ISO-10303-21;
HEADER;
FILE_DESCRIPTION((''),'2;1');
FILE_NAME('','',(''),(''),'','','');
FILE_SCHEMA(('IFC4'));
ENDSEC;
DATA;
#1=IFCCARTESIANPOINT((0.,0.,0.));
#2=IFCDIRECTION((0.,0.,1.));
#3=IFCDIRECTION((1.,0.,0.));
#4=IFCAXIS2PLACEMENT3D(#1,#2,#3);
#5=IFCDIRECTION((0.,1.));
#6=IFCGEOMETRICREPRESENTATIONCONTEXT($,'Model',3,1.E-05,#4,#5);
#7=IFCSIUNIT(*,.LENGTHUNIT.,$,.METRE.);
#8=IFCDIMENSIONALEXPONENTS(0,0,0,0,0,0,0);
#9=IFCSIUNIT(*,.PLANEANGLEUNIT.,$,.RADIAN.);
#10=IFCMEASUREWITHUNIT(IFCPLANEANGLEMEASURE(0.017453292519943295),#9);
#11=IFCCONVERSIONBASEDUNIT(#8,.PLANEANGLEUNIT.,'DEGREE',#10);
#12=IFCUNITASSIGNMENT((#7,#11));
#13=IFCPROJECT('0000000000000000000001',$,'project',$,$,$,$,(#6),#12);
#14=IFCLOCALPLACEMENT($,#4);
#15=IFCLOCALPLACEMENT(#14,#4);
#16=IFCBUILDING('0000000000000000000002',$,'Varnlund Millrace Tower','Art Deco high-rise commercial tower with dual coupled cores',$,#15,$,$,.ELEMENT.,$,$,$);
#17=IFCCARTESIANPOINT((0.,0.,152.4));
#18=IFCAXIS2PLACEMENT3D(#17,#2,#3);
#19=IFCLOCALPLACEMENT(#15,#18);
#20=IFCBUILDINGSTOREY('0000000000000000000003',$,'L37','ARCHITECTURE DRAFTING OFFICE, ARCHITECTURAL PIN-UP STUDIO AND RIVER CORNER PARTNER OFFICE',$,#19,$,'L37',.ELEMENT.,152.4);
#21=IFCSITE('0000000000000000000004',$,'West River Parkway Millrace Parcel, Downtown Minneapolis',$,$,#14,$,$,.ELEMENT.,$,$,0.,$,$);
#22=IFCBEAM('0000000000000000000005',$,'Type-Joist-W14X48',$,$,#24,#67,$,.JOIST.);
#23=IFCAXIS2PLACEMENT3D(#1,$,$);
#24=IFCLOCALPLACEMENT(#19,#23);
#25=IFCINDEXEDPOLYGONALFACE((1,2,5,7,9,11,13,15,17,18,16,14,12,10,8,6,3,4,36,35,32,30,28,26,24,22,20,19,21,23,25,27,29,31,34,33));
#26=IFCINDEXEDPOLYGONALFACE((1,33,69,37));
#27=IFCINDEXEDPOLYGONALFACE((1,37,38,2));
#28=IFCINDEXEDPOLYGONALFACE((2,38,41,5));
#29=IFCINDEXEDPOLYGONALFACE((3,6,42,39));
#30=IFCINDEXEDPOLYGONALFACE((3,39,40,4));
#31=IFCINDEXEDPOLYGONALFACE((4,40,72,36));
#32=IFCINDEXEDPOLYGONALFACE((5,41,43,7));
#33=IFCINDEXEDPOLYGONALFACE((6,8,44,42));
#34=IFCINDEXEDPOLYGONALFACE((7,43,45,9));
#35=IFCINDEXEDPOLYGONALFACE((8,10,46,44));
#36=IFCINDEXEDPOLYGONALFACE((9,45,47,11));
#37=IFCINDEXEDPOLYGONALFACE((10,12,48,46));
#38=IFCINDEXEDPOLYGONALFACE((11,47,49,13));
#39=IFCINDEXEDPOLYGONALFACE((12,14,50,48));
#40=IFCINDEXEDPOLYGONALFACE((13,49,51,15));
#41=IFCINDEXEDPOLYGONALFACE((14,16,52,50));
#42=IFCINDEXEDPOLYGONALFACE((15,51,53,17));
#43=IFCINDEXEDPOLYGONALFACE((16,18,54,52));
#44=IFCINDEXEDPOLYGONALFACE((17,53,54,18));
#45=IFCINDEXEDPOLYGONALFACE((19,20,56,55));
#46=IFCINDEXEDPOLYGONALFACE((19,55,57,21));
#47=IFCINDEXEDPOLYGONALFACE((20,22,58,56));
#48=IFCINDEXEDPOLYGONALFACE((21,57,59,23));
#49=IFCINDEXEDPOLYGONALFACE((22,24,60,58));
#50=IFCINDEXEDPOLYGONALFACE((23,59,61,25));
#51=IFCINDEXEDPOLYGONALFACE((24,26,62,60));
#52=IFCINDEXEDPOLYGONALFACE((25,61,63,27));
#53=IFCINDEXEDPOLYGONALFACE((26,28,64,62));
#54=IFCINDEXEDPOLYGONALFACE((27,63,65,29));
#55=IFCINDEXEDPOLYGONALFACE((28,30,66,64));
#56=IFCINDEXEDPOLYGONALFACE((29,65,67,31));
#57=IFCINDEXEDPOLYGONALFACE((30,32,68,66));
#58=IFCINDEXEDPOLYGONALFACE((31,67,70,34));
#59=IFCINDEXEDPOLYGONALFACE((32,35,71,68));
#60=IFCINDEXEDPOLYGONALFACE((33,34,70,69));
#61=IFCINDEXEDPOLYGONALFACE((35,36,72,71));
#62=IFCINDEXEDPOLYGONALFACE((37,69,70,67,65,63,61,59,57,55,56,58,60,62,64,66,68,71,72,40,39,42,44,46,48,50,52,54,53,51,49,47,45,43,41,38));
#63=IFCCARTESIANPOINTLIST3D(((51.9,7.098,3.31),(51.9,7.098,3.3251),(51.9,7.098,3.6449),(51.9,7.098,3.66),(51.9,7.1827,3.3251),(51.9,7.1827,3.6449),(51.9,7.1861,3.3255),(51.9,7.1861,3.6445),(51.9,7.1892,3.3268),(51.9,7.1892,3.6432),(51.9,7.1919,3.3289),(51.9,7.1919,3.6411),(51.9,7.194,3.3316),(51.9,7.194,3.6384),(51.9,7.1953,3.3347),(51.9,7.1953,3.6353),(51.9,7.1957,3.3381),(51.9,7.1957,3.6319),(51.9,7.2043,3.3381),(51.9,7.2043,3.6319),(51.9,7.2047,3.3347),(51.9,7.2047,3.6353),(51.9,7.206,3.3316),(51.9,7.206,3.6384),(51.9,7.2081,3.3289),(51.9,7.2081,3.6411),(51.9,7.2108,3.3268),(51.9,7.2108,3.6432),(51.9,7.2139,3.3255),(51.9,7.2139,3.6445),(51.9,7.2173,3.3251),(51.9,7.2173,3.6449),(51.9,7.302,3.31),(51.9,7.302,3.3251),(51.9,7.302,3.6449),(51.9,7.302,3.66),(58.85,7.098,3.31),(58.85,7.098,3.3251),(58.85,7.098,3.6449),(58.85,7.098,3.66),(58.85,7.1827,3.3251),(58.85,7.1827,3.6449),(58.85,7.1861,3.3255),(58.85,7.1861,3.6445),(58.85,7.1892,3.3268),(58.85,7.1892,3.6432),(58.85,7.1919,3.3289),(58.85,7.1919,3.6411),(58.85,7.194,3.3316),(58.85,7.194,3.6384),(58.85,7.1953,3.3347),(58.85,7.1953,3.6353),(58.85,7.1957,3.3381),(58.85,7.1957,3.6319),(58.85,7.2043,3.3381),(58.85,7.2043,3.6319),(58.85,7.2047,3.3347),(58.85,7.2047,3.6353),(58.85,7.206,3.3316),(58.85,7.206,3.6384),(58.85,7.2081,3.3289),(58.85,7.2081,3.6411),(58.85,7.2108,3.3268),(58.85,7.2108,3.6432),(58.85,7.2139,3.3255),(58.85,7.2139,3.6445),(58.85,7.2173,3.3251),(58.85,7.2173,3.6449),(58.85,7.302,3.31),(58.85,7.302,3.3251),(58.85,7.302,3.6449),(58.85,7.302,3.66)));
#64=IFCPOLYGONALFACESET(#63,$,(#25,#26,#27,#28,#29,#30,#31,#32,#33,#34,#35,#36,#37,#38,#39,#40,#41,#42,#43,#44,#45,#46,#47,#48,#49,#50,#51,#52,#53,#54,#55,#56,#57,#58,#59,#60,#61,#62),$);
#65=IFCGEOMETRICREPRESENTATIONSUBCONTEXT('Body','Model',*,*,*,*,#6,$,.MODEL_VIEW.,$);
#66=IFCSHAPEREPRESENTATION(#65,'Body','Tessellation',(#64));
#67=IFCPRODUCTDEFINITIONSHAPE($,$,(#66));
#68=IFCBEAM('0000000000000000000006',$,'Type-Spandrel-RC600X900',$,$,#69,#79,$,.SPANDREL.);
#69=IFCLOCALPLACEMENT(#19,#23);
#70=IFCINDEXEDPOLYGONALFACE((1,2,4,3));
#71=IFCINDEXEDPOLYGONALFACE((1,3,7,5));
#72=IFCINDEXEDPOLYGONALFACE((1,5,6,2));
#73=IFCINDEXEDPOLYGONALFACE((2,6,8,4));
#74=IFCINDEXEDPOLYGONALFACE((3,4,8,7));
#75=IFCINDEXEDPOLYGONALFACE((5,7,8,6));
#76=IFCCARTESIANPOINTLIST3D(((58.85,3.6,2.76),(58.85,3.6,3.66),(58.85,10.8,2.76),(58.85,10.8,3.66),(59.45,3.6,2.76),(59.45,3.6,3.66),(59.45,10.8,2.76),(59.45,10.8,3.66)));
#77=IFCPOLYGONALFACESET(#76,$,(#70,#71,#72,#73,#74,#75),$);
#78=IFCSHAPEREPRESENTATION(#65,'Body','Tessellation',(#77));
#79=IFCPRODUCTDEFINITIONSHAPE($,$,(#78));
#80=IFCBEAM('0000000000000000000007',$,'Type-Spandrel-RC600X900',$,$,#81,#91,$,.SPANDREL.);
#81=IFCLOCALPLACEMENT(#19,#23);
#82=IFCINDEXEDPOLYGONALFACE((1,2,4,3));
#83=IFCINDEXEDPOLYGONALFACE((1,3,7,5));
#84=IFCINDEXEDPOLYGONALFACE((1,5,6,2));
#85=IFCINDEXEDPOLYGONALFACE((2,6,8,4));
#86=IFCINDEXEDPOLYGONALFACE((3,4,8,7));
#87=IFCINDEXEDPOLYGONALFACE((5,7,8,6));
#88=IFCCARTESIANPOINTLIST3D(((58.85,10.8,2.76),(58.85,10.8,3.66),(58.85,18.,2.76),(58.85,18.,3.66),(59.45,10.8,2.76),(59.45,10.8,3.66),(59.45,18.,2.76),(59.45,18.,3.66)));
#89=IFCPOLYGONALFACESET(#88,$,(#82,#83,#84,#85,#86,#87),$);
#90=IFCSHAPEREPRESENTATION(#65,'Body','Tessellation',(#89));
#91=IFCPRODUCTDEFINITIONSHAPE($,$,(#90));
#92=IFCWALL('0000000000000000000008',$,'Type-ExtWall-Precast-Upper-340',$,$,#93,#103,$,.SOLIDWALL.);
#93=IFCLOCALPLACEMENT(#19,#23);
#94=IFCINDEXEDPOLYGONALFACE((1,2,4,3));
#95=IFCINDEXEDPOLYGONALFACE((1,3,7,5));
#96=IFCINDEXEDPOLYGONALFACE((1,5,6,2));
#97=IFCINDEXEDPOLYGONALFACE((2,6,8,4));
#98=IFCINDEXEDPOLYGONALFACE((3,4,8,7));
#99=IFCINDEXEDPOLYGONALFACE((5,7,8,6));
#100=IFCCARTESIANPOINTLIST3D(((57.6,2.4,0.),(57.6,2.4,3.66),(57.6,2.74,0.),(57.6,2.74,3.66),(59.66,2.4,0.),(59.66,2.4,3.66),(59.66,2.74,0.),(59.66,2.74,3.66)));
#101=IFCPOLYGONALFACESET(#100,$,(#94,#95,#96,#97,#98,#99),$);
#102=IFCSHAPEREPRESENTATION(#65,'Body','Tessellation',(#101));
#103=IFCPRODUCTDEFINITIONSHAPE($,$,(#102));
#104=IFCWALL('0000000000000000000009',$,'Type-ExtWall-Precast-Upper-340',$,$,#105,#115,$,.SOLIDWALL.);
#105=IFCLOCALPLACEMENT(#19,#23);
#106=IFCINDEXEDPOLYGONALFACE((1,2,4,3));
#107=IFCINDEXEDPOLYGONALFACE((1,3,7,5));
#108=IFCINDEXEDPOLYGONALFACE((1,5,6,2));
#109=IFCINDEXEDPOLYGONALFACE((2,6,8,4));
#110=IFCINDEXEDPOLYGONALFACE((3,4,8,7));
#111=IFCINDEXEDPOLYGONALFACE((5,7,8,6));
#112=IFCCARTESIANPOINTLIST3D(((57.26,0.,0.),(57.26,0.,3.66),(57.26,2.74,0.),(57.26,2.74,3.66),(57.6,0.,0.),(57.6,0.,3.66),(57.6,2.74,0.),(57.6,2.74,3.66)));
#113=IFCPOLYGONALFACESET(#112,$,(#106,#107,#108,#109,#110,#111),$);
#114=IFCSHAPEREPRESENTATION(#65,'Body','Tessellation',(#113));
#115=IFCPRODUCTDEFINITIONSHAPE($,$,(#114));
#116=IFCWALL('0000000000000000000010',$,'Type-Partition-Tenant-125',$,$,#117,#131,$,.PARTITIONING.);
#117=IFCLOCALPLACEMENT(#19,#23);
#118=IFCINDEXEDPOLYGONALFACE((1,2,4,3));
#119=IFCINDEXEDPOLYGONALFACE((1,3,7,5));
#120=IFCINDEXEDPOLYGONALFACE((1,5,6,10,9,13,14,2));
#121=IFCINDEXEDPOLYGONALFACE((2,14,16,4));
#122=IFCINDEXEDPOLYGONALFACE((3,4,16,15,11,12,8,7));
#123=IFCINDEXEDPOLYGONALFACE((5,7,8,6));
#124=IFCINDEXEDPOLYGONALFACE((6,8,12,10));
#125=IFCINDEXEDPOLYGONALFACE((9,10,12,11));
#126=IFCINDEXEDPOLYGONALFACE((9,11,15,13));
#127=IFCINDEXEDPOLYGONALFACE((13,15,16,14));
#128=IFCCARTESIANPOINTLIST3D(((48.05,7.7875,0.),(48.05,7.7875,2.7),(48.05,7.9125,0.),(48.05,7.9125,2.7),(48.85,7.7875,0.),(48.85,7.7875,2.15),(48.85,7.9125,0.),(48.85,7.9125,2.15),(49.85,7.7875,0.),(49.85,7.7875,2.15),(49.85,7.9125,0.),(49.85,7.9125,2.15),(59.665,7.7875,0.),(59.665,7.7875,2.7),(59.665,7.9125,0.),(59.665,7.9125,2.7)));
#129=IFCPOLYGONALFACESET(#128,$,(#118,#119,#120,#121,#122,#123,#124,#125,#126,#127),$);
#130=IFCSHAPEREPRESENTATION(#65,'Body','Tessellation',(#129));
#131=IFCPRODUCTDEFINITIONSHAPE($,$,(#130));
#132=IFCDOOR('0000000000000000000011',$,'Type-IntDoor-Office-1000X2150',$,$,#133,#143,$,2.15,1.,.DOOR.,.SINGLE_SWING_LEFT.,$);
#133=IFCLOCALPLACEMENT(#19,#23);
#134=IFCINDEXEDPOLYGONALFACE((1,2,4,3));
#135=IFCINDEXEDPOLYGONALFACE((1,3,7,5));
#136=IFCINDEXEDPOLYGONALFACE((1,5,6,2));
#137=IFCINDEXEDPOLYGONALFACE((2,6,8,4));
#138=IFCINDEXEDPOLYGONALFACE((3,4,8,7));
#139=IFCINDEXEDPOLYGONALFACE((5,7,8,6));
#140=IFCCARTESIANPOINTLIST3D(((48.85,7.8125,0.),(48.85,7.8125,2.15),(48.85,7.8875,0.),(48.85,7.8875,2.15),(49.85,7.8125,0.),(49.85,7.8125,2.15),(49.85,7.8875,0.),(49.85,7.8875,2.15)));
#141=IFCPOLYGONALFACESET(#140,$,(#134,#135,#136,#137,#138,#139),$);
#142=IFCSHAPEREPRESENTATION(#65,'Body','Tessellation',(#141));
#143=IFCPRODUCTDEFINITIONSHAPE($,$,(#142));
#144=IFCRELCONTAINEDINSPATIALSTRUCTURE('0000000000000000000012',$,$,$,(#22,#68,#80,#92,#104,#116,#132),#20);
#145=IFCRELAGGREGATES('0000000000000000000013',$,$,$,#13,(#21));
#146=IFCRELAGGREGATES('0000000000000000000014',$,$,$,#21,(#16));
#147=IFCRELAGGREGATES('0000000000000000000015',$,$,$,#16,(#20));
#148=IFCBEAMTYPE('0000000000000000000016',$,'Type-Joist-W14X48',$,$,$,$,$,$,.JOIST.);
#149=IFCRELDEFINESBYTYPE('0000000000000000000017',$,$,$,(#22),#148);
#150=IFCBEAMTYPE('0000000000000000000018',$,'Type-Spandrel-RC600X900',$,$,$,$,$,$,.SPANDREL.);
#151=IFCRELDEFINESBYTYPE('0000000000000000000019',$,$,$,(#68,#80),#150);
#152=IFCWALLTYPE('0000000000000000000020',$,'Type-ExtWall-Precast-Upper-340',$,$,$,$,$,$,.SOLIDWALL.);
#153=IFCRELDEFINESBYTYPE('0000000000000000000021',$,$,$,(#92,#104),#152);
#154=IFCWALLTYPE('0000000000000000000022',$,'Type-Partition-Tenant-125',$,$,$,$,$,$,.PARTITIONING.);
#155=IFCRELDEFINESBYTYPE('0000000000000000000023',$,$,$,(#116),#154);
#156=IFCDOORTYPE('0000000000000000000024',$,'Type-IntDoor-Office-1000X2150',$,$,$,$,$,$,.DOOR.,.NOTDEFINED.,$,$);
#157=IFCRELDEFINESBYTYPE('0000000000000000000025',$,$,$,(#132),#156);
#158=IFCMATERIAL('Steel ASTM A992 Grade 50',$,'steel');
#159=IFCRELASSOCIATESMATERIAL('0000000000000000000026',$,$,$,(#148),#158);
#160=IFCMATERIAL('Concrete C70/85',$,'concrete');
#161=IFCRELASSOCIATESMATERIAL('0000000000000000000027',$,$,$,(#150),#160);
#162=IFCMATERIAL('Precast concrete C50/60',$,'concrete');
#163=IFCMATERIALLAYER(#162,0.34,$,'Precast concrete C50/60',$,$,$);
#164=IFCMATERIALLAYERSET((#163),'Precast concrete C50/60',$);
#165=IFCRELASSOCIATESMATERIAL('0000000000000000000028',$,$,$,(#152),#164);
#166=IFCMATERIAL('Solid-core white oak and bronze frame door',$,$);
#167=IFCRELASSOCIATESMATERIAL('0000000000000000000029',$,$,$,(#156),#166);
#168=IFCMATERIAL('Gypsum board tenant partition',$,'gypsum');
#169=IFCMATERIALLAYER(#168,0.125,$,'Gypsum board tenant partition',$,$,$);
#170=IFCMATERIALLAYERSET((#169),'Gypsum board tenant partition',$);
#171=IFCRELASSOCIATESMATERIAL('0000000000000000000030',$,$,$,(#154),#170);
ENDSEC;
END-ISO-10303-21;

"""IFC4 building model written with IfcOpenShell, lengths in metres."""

from ifc_helpers import new_model, entity, si_unit, converted_unit, direction, frame, origin_with_axes, origin_2d_with_axis, place, context, subcontext, project, spatial, polyline, rectangle, i_section, outline, extrude, material, layer, layer_set, material_profile, profile_set, type_object, element, fill, save


model = new_model("IFC4")

# Units and contexts
model_context = context("Model", 3, precision=1e-05, world=origin_with_axes(), true_north=direction((0.0, 1.0)))
body_context = subcontext(model_context, "Body", "Model", "MODEL_VIEW")
ifc_project = project(units=[si_unit("LENGTHUNIT", "METRE"), converted_unit("PLANEANGLEUNIT", "DEGREE", entity("IfcPlaneAngleMeasure", 0.017453292519943295), si_unit("PLANEANGLEUNIT", "RADIAN"), dimensions=[0, 0, 0, 0, 0, 0, 0])], contexts=[model_context])

# Site, building, storey
site_placement = place(None, origin_with_axes())
site = spatial("IfcSite", under=ifc_project, at=site_placement, Name="West River Parkway Millrace Parcel, Downtown Minneapolis", CompositionType="ELEMENT", RefElevation=0.0)
building_placement = place(site_placement, origin_with_axes())
building = spatial("IfcBuilding", under=site, at=building_placement, Name="Varnlund Millrace Tower", Description="Art Deco high-rise commercial tower with dual coupled cores", CompositionType="ELEMENT")
storey_placement = place(building_placement, frame((0.0, 0.0, 152.4), z_axis=(0.0, 0.0, 1.0), x_axis=(1.0, 0.0, 0.0)))
storey = spatial("IfcBuildingStorey", under=building, at=storey_placement, Name="L37", Description="ARCHITECTURE DRAFTING OFFICE, ARCHITECTURAL PIN-UP STUDIO AND RIVER CORNER PARTNER OFFICE", LongName="L37", CompositionType="ELEMENT", Elevation=152.4)

# Beams
ifc_material_1 = material(Name="Steel ASTM A992 Grade 50", Category="steel")
ifc_material_profile_1 = material_profile(ifc_material_1, i_section(OverallWidth=0.204, OverallDepth=0.35, WebThickness=0.0086, FlangeThickness=0.0151, FilletRadius=0.013, at=origin_2d_with_axis()), Name="Steel ASTM A992 Grade 50")
ifc_profile_set_1 = profile_set([ifc_material_profile_1], Name="Steel ASTM A992 Grade 50")
beam_type_1 = type_object("IfcBeamType", Name="Type-Joist-W14X48", PredefinedType="JOIST", material=ifc_profile_set_1)
beam_placement = place(storey_placement, frame((51.9, 7.2, 3.485), z_axis=(1.0, 0.0, 0.0), x_axis=(0.0, 1.0, 0.0)))
element("IfcBeam", 1, at=beam_placement, inside=storey, type_object=beam_type_1, Name="Type-Joist-W14X48", PredefinedType="JOIST", context=body_context, shape_type="SweptSolid", body=[
    extrude(i_section(OverallWidth=0.204, OverallDepth=0.35, WebThickness=0.0086, FlangeThickness=0.0151, FilletRadius=0.013, at=origin_2d_with_axis()), origin_with_axes(), (0.0, 0.0, 1.0), 6.95),
])
ifc_material_2 = material(Name="Concrete C70/85", Category="concrete")
ifc_material_profile_2 = material_profile(ifc_material_2, rectangle(XDim=0.6, YDim=0.9, at=origin_2d_with_axis()), Name="Concrete C70/85")
ifc_profile_set_2 = profile_set([ifc_material_profile_2], Name="Concrete C70/85")
beam_type_2 = type_object("IfcBeamType", Name="Type-Spandrel-RC600X900", PredefinedType="SPANDREL", material=ifc_profile_set_2)
for number, where, z_axis, x_axis, name in (
    (2, (59.15, 3.6, 3.21), (0.0, 1.0, 0.0), (-1.0, 0.0, 0.0), "Type-Spandrel-RC600X900"),
    (3, (59.15, 10.8, 3.21), (0.0, 1.0, 0.0), (-1.0, 0.0, 0.0), "Type-Spandrel-RC600X900"),
):
    element("IfcBeam", number, at=place(storey_placement, frame(where, z_axis=z_axis, x_axis=x_axis)), inside=storey, type_object=beam_type_2, Name=name, PredefinedType="SPANDREL", context=body_context, shape_type="SweptSolid", body=[
        extrude(rectangle(XDim=0.6, YDim=0.9, at=origin_2d_with_axis()), origin_with_axes(), (0.0, 0.0, 1.0), 7.2),
    ])

# Walls
ifc_material_3 = material(Name="Precast concrete C50/60", Category="concrete")
ifc_layer_1 = layer(ifc_material_3, 0.34, Name="Precast concrete C50/60")
ifc_layer_set_1 = layer_set([ifc_layer_1], Name="Precast concrete C50/60")
wall_type_1 = type_object("IfcWallType", Name="Type-ExtWall-Precast-Upper-340", PredefinedType="SOLIDWALL", material=ifc_layer_set_1)
wall_1_placement = place(storey_placement, frame((59.66, 2.57, 0.0), z_axis=(0.0, 0.0, 1.0), x_axis=(-1.0, 0.0, 0.0)))
element("IfcWall", 4, at=wall_1_placement, inside=storey, type_object=wall_type_1, Name="Type-ExtWall-Precast-Upper-340", PredefinedType="SOLIDWALL", context=body_context, shape_type="SweptSolid", body=[
    extrude(outline(polyline([(0.0, -0.17), (2.06, -0.17), (2.06, 0.17), (0.0, 0.17), (0.0, -0.17)])), origin_with_axes(), (0.0, 0.0, 1.0), 3.66),
])
wall_2_placement = place(storey_placement, frame((57.43, 2.74, 0.0), z_axis=(0.0, 0.0, 1.0), x_axis=(0.0, -1.0, 0.0)))
element("IfcWall", 5, at=wall_2_placement, inside=storey, type_object=wall_type_1, Name="Type-ExtWall-Precast-Upper-340", PredefinedType="SOLIDWALL", context=body_context, shape_type="SweptSolid", body=[
    extrude(outline(polyline([(0.0, -0.17), (2.74, -0.17), (2.74, 0.17), (0.0, 0.17), (0.0, -0.17)])), origin_with_axes(), (0.0, 0.0, 1.0), 3.66),
])

# Shared definitions
ifc_material_4 = material(Name="Solid-core white oak and bronze frame door")
door_type = type_object("IfcDoorType", Name="Type-IntDoor-Office-1000X2150", OperationType="NOTDEFINED", PredefinedType="DOOR", material=ifc_material_4)

# Wall, opening, door
ifc_material_5 = material(Name="Gypsum board tenant partition", Category="gypsum")
ifc_layer_2 = layer(ifc_material_5, 0.125, Name="Gypsum board tenant partition")
ifc_layer_set_2 = layer_set([ifc_layer_2], Name="Gypsum board tenant partition")
wall_type_2 = type_object("IfcWallType", Name="Type-Partition-Tenant-125", PredefinedType="PARTITIONING", material=ifc_layer_set_2)
wall_3_placement = place(storey_placement, frame((59.665, 7.85, 0.0), z_axis=(0.0, 0.0, 1.0), x_axis=(-1.0, 0.0, 0.0)))
wall_3 = element("IfcWall", 6, at=wall_3_placement, inside=storey, type_object=wall_type_2, Name="Type-Partition-Tenant-125", PredefinedType="PARTITIONING", context=body_context, shape_type="SweptSolid", body=[
    extrude(outline(polyline([(0.0, -0.0625), (11.615, -0.0625), (11.615, 0.0625), (0.0, 0.0625), (0.0, -0.0625)])), origin_with_axes(), (0.0, 0.0, 1.0), 2.7),
])
opening_1_placement = place(wall_3_placement, frame((10.315, 0.0, 0.0), z_axis=(0.0, 0.0, 1.0), x_axis=(1.0, 0.0, 0.0)))
opening_1 = element("IfcOpeningElement", 7, at=opening_1_placement, cuts=wall_3, PredefinedType="OPENING", context=body_context, shape_type="SweptSolid", body=[
    extrude(rectangle(XDim=1.0, YDim=0.145, at=origin_2d_with_axis()), origin_with_axes(), (0.0, 0.0, 1.0), 2.15),
])
door_1_placement = place(wall_3_placement, frame((10.315, 0.0, 0.0), z_axis=(0.0, 0.0, 1.0), x_axis=(1.0, 0.0, 0.0)))
door_1 = element("IfcDoor", 8, at=door_1_placement, inside=storey, type_object=door_type, Name="Type-IntDoor-Office-1000X2150", OperationType="SINGLE_SWING_LEFT", OverallHeight=2.15, OverallWidth=1.0, PredefinedType="DOOR", context=body_context, shape_type="SweptSolid", body=[
    extrude(rectangle(XDim=1.0, YDim=0.075, at=origin_2d_with_axis()), origin_with_axes(), (0.0, 0.0, 1.0), 2.15),
])
fill(opening_1, door_1)

save(model, "model.ifc")
